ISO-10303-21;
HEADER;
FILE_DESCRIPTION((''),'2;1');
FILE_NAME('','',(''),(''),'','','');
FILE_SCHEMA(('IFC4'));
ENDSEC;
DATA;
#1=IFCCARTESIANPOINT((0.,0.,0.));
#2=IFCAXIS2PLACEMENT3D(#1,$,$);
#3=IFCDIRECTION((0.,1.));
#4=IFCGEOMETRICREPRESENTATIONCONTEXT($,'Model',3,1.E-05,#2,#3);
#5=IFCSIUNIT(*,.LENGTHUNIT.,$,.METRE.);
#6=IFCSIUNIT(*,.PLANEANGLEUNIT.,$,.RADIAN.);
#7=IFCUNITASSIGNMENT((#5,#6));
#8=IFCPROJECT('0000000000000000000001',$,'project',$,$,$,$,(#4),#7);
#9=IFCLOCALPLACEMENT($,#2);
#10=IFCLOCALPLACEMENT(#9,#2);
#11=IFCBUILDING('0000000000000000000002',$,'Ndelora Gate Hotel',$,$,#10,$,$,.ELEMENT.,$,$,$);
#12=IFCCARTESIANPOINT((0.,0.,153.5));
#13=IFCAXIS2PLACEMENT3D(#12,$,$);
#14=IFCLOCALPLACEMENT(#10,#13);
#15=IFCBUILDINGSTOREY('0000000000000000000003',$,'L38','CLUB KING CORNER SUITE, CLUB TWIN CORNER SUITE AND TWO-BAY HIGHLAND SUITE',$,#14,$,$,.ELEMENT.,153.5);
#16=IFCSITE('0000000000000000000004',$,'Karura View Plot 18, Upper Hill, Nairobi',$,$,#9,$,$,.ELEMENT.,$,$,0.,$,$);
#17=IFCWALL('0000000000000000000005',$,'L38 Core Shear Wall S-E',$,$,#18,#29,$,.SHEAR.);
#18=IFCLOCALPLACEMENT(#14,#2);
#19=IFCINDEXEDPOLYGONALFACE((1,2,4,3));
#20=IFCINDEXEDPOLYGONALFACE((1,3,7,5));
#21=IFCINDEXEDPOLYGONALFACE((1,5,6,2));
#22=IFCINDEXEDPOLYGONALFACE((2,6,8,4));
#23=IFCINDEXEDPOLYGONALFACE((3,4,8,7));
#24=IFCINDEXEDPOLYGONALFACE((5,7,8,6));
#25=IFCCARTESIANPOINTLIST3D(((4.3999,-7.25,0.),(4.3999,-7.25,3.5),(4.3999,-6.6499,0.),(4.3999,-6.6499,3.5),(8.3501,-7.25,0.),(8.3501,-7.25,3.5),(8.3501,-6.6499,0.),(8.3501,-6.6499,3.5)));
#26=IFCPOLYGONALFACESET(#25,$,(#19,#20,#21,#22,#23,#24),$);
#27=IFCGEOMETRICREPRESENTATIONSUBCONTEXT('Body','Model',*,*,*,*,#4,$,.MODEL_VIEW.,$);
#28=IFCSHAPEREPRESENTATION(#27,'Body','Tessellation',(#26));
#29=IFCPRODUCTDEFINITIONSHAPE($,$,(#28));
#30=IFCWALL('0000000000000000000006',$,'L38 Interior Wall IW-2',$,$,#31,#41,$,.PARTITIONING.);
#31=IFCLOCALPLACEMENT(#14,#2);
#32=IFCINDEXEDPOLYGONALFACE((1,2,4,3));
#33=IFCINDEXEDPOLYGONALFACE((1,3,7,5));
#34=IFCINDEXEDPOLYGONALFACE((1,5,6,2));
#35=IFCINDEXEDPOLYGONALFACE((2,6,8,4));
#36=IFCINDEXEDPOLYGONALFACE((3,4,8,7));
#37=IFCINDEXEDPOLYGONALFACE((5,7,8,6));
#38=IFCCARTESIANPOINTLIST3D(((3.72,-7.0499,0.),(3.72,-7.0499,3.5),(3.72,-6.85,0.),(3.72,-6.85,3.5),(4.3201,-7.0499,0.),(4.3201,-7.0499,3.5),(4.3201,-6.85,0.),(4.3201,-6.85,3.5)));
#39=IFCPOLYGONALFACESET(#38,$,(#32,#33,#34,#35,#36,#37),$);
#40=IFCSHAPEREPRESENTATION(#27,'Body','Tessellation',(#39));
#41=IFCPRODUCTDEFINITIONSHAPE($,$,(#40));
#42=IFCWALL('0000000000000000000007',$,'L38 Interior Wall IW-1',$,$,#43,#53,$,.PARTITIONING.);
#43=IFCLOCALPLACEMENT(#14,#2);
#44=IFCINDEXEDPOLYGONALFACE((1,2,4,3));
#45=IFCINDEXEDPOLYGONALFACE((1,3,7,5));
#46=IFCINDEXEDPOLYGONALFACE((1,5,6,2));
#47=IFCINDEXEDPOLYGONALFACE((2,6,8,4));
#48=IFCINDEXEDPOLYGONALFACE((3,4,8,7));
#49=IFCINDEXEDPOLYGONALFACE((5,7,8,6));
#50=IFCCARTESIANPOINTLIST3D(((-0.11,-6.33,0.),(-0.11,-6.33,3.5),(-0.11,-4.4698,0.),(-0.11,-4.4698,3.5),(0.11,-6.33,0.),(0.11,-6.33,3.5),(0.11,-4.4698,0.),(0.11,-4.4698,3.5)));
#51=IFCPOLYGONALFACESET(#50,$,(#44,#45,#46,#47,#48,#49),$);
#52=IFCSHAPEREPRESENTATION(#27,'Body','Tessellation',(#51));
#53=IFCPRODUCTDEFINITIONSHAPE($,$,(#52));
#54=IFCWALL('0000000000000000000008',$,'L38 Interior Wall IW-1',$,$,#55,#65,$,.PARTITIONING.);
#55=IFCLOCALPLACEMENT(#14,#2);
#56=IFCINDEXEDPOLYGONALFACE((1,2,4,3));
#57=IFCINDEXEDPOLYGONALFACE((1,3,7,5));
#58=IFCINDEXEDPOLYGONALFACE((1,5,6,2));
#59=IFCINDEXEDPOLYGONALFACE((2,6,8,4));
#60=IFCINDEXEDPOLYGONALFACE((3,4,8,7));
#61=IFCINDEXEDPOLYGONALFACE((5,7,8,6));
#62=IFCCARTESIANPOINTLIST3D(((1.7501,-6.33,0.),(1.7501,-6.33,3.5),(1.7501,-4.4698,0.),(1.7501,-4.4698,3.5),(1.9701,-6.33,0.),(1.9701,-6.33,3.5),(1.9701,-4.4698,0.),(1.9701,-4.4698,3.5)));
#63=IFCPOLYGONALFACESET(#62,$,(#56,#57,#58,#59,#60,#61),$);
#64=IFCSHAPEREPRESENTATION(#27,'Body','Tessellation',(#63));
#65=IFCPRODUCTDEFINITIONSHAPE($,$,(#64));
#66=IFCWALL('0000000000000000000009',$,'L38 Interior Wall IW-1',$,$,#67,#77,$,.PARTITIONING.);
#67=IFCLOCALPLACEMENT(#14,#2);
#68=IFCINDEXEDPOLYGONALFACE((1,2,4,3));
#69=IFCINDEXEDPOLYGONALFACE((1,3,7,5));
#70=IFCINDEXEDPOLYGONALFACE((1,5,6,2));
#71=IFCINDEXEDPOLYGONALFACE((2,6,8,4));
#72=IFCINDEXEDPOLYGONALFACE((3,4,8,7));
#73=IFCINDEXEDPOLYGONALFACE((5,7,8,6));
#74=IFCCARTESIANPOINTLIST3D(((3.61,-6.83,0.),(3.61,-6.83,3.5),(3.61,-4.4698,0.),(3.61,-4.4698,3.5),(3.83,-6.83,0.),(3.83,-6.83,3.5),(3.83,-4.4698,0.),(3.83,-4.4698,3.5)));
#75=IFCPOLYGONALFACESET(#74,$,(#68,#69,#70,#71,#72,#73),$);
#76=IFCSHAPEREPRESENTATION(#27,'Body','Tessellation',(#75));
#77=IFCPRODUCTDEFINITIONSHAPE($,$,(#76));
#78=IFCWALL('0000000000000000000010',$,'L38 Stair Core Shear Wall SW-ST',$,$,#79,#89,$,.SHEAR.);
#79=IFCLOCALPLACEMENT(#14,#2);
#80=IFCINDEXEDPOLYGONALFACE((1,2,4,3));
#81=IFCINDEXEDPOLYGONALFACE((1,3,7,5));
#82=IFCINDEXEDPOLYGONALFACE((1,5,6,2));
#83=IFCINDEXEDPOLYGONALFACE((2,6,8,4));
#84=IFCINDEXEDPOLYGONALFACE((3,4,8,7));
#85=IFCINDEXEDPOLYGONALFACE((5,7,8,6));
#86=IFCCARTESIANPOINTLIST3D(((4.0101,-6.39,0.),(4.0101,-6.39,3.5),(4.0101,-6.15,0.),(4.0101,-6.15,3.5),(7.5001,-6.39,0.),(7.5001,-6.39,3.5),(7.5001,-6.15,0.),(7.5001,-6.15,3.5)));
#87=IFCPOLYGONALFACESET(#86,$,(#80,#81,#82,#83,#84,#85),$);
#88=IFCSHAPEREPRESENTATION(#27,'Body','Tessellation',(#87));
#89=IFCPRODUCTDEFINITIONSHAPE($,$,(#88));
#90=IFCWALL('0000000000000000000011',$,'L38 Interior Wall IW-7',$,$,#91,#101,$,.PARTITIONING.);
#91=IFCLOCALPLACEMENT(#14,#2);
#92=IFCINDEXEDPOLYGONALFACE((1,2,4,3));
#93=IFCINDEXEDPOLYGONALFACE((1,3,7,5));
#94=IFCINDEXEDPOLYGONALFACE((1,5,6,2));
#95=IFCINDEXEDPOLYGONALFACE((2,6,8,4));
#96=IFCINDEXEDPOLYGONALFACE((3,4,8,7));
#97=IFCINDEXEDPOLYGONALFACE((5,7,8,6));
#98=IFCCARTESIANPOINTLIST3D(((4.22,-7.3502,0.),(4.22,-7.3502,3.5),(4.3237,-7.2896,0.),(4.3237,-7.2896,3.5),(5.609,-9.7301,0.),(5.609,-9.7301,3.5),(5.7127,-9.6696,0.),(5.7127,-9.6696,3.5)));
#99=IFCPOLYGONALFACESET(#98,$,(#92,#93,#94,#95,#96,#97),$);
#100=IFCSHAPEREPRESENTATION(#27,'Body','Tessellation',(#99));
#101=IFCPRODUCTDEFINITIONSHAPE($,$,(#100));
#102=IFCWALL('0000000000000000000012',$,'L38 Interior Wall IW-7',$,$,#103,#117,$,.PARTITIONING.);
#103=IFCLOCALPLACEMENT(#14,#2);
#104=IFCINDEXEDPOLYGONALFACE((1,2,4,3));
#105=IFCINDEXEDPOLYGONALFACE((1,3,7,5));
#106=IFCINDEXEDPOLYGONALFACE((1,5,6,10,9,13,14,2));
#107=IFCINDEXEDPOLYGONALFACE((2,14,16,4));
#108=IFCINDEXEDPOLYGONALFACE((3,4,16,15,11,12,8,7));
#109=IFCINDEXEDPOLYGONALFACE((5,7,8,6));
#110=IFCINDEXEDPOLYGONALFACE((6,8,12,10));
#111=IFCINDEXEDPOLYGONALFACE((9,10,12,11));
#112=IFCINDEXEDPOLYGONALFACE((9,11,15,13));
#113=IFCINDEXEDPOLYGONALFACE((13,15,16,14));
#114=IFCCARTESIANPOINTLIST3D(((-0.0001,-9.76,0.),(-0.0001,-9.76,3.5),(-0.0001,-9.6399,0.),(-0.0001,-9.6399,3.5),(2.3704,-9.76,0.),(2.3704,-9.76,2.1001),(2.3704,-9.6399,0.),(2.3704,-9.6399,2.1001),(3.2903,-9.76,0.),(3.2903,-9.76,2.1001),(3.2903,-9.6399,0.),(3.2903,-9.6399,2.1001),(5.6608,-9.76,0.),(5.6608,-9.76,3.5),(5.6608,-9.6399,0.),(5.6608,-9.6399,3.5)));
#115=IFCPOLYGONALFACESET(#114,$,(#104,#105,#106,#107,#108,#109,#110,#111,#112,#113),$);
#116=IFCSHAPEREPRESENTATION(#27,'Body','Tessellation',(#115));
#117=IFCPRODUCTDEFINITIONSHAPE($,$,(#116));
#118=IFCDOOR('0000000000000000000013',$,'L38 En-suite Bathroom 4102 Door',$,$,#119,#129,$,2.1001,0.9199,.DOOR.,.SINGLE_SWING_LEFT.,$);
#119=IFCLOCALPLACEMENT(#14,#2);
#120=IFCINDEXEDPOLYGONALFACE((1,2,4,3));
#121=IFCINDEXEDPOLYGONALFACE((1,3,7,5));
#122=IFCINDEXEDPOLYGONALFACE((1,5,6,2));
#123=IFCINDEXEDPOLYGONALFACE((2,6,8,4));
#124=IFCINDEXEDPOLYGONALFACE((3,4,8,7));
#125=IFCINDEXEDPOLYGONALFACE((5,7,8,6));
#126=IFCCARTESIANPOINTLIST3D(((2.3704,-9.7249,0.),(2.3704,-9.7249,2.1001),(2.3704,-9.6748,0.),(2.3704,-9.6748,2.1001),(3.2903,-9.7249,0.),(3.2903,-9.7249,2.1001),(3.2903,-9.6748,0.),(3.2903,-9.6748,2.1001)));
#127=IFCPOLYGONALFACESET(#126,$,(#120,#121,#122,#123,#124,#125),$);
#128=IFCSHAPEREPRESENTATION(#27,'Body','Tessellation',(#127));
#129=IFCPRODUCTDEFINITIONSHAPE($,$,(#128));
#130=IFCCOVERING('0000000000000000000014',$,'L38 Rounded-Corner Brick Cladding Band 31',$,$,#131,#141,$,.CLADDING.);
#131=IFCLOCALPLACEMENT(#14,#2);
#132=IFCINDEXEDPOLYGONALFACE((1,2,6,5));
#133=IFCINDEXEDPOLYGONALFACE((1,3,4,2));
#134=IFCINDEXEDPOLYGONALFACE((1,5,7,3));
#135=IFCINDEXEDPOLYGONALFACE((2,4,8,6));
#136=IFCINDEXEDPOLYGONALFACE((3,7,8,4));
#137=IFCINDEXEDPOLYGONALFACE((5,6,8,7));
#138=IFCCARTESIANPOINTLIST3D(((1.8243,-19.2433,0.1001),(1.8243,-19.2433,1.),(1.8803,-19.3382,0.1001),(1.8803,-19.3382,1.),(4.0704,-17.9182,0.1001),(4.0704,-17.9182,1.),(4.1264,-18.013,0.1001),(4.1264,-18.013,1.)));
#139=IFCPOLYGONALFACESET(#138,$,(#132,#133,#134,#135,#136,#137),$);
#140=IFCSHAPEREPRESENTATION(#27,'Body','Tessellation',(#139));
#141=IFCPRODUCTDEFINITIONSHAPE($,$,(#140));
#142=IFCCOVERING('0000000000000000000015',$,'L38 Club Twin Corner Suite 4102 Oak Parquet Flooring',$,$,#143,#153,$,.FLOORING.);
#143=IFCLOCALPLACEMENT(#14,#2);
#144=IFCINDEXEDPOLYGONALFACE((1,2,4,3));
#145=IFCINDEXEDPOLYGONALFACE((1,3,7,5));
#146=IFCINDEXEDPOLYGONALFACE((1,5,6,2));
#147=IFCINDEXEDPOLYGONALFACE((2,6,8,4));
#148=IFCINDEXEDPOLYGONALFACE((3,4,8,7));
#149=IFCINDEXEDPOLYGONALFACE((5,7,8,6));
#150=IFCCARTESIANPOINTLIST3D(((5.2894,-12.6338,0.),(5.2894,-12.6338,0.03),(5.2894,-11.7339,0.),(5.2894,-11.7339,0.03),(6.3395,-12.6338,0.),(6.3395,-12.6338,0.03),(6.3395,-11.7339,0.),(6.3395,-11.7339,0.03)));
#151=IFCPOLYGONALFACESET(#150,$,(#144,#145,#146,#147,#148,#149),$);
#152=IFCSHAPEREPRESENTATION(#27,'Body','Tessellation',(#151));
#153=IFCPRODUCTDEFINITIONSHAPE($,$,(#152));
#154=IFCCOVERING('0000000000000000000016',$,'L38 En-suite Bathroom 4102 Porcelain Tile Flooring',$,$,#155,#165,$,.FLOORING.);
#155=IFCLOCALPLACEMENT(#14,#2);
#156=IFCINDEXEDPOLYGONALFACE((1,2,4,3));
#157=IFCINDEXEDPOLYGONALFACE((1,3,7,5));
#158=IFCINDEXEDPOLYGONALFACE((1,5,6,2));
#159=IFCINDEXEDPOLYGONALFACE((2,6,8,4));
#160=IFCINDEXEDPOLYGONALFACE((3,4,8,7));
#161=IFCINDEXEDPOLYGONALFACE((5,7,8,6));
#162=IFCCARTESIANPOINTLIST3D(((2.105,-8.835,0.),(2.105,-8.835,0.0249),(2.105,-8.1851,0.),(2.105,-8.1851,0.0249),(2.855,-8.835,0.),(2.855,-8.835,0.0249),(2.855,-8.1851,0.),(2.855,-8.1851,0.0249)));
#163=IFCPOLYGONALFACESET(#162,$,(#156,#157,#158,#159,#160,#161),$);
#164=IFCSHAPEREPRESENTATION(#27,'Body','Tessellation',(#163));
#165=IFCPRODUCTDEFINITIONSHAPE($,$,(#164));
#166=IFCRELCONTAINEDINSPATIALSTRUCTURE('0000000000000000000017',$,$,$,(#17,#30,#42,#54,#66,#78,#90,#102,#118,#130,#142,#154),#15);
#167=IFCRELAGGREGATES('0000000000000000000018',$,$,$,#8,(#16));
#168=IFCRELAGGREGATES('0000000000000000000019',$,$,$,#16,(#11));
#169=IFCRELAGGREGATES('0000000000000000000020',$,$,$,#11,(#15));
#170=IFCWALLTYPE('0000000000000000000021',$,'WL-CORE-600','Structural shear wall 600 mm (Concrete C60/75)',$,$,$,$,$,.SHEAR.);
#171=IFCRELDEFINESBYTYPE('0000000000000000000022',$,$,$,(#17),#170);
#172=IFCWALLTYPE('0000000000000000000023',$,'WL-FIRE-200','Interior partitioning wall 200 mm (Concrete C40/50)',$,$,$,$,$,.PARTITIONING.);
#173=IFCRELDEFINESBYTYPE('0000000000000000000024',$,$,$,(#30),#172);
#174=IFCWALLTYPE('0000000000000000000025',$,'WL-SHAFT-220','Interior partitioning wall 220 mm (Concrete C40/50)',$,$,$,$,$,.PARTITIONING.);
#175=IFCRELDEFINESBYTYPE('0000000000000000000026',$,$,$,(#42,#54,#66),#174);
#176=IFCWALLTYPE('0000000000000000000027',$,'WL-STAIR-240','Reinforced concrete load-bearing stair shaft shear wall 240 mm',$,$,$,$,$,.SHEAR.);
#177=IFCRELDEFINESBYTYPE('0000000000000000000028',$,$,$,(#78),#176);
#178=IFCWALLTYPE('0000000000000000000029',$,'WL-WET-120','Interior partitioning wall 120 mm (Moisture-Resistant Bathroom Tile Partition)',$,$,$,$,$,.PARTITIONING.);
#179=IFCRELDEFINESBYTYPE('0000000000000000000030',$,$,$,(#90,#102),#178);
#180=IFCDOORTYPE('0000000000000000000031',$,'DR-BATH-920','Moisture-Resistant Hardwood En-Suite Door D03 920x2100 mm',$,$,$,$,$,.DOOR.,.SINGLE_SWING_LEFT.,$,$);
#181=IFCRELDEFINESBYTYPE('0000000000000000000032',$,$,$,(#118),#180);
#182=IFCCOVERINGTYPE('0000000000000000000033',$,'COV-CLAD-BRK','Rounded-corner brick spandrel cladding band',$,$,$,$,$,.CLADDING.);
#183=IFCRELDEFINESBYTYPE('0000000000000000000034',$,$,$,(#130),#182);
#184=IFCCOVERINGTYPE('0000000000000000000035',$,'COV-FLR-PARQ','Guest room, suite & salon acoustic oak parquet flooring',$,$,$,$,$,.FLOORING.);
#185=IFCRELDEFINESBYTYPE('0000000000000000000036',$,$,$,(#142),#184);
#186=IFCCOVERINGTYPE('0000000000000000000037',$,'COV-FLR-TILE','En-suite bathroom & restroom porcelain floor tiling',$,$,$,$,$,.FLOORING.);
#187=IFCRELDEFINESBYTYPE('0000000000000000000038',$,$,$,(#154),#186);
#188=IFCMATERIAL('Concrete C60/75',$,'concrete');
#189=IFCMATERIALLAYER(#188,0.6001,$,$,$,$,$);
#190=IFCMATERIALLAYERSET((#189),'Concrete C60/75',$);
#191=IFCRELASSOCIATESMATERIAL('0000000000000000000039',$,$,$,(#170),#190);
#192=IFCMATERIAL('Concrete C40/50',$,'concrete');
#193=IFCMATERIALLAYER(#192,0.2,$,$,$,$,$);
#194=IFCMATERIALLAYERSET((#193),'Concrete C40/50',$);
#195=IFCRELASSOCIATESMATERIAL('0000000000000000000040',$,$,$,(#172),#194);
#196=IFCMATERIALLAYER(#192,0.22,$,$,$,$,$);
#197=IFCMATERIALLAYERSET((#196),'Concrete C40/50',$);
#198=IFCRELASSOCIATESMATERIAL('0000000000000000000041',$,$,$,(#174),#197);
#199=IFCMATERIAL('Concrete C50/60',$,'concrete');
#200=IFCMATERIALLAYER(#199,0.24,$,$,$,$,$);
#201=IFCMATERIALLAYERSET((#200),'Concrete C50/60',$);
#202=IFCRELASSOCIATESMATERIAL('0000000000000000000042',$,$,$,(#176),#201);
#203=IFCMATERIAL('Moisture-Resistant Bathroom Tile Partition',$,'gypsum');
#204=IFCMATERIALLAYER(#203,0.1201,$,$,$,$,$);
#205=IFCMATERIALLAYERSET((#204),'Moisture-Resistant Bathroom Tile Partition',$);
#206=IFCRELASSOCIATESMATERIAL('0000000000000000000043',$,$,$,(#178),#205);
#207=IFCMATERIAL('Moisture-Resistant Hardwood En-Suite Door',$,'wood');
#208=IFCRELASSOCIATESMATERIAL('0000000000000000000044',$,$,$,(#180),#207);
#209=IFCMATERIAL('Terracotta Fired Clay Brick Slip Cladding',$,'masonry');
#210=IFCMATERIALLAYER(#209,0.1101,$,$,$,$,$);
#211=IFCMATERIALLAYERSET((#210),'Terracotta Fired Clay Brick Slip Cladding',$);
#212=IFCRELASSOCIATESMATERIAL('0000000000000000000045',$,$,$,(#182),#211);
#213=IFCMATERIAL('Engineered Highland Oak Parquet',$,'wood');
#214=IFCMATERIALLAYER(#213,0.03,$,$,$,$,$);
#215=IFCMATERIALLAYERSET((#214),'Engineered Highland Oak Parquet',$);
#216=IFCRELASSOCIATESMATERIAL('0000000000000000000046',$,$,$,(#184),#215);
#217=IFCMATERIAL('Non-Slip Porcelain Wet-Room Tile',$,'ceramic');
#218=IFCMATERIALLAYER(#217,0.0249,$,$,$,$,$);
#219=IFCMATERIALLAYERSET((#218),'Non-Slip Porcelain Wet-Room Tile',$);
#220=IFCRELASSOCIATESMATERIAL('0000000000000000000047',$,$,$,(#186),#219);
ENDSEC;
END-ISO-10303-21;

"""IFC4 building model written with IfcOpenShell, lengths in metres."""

from ifc_helpers import new_model, si_unit, direction, frame, frame_2d, origin, origin_2d, place, context, subcontext, project, spatial, rectangle, extrude, material, layer, layer_set, type_object, element, fill, save


model = new_model("IFC4")

# Units and contexts
model_context = context("Model", 3, precision=1e-05, world=origin(), true_north=direction((0.0, 1.0)))
body_context = subcontext(model_context, "Body", "Model", "MODEL_VIEW")
ifc_project = project(units=[si_unit("LENGTHUNIT", "METRE"), si_unit("PLANEANGLEUNIT", "RADIAN")], contexts=[model_context])

# Site, building, storey
site_placement = place(None, origin())
site = spatial("IfcSite", under=ifc_project, at=site_placement, Name="Karura View Plot 18, Upper Hill, Nairobi", CompositionType="ELEMENT", RefElevation=0.0)
building_placement = place(site_placement, origin())
building = spatial("IfcBuilding", under=site, at=building_placement, Name="Ndelora Gate Hotel", CompositionType="ELEMENT")
storey_placement = place(building_placement, frame((0.0, 0.0, 153.5)))
storey = spatial("IfcBuildingStorey", under=building, at=storey_placement, Name="L38", Description="CLUB KING CORNER SUITE, CLUB TWIN CORNER SUITE AND TWO-BAY HIGHLAND SUITE", CompositionType="ELEMENT", Elevation=153.5)

# Shared definitions
ifc_material_1 = material(Name="Concrete C60/75", Category="concrete")

# Walls
ifc_layer_1 = layer(ifc_material_1, 0.6001)
ifc_layer_set_1 = layer_set([ifc_layer_1], Name="Concrete C60/75")
wall_type_1 = type_object("IfcWallType", Name="WL-CORE-600", Description="Structural shear wall 600 mm (Concrete C60/75)", PredefinedType="SHEAR", material=ifc_layer_set_1)
wall_1_placement = place(storey_placement, frame((4.3999, -6.95, 0.0), z_axis=(0.0, 0.0, 1.0), x_axis=(1.0, 0.0, 0.0)))
element("IfcWall", 1, at=wall_1_placement, inside=storey, type_object=wall_type_1, Name="L38 Core Shear Wall S-E", PredefinedType="SHEAR", context=body_context, shape_type="SweptSolid", body=[
    extrude(rectangle(XDim=3.9502, YDim=0.6001, at=frame_2d((1.9751, 0.0))), origin(), (0.0, 0.0, 1.0), 3.5),
])
ifc_material_2 = material(Name="Concrete C40/50", Category="concrete")
ifc_layer_2 = layer(ifc_material_2, 0.2)
ifc_layer_set_2 = layer_set([ifc_layer_2], Name="Concrete C40/50")
wall_type_2 = type_object("IfcWallType", Name="WL-FIRE-200", Description="Interior partitioning wall 200 mm (Concrete C40/50)", PredefinedType="PARTITIONING", material=ifc_layer_set_2)
wall_2_placement = place(storey_placement, frame((3.72, -6.95, 0.0), z_axis=(0.0, 0.0, 1.0), x_axis=(1.0, 0.0, 0.0)))
element("IfcWall", 2, at=wall_2_placement, inside=storey, type_object=wall_type_2, Name="L38 Interior Wall IW-2", PredefinedType="PARTITIONING", context=body_context, shape_type="SweptSolid", body=[
    extrude(rectangle(XDim=0.6001, YDim=0.2, at=frame_2d((0.3, 0.0))), origin(), (0.0, 0.0, 1.0), 3.5),
])

# Shared definitions
ifc_layer_3 = layer(ifc_material_2, 0.22)
ifc_layer_set_3 = layer_set([ifc_layer_3], Name="Concrete C40/50")
wall_type_3 = type_object("IfcWallType", Name="WL-SHAFT-220", Description="Interior partitioning wall 220 mm (Concrete C40/50)", PredefinedType="PARTITIONING", material=ifc_layer_set_3)

# Walls
for number, where, z_axis, x_axis, name in (
    (3, (0.0, -6.3301, 0.0), (0.0, 0.0, 1.0), (0.0, 1.0, 0.0), "L38 Interior Wall IW-1"),
    (4, (1.8601, -6.3301, 0.0), (0.0, 0.0, 1.0), (0.0, 1.0, 0.0), "L38 Interior Wall IW-1"),
):
    element("IfcWall", number, at=place(storey_placement, frame(where, z_axis=z_axis, x_axis=x_axis)), inside=storey, type_object=wall_type_3, Name=name, PredefinedType="PARTITIONING", context=body_context, shape_type="SweptSolid", body=[
        extrude(rectangle(XDim=1.8601, YDim=0.22, at=frame_2d((0.9302, 0.0))), origin(), (0.0, 0.0, 1.0), 3.5),
    ])

# Walls
wall_3_placement = place(storey_placement, frame((3.72, -6.8301, 0.0), z_axis=(0.0, 0.0, 1.0), x_axis=(0.0, 1.0, 0.0)))
element("IfcWall", 5, at=wall_3_placement, inside=storey, type_object=wall_type_3, Name="L38 Interior Wall IW-1", PredefinedType="PARTITIONING", context=body_context, shape_type="SweptSolid", body=[
    extrude(rectangle(XDim=2.3601, YDim=0.22, at=frame_2d((1.1802, 0.0))), origin(), (0.0, 0.0, 1.0), 3.5),
])
ifc_material_3 = material(Name="Concrete C50/60", Category="concrete")
ifc_layer_4 = layer(ifc_material_3, 0.24)
ifc_layer_set_4 = layer_set([ifc_layer_4], Name="Concrete C50/60")
wall_type_4 = type_object("IfcWallType", Name="WL-STAIR-240", Description="Reinforced concrete load-bearing stair shaft shear wall 240 mm", PredefinedType="SHEAR", material=ifc_layer_set_4)
wall_4_placement = place(storey_placement, frame((4.01, -6.27, 0.0), z_axis=(0.0, 0.0, 1.0), x_axis=(1.0, 0.0, 0.0)))
element("IfcWall", 6, at=wall_4_placement, inside=storey, type_object=wall_type_4, Name="L38 Stair Core Shear Wall SW-ST", PredefinedType="SHEAR", context=body_context, shape_type="SweptSolid", body=[
    extrude(rectangle(XDim=3.49, YDim=0.24, at=frame_2d((1.7451, 0.0))), origin(), (0.0, 0.0, 1.0), 3.5),
])
ifc_material_4 = material(Name="Moisture-Resistant Bathroom Tile Partition", Category="gypsum")
ifc_layer_5 = layer(ifc_material_4, 0.1201)
ifc_layer_set_5 = layer_set([ifc_layer_5], Name="Moisture-Resistant Bathroom Tile Partition")
wall_type_5 = type_object("IfcWallType", Name="WL-WET-120", Description="Interior partitioning wall 120 mm (Moisture-Resistant Bathroom Tile Partition)", PredefinedType="PARTITIONING", material=ifc_layer_set_5)
wall_5_placement = place(storey_placement, frame((5.6609, -9.7, 0.0), z_axis=(0.0, 0.0, 1.0), x_axis=(-0.504047, 0.863676, 0.0)))
element("IfcWall", 7, at=wall_5_placement, inside=storey, type_object=wall_type_5, Name="L38 Interior Wall IW-7", PredefinedType="PARTITIONING", context=body_context, shape_type="SweptSolid", body=[
    extrude(rectangle(XDim=2.7556, YDim=0.1201, at=frame_2d((1.3779, 0.0))), origin(), (0.0, 0.0, 1.0), 3.5),
])

# Wall, opening, door
wall_6_placement = place(storey_placement, frame((5.6609, -9.7, 0.0), z_axis=(0.0, 0.0, 1.0), x_axis=(-1.0, 0.0, 0.0)))
wall_6 = element("IfcWall", 8, at=wall_6_placement, inside=storey, type_object=wall_type_5, Name="L38 Interior Wall IW-7", PredefinedType="PARTITIONING", context=body_context, shape_type="SweptSolid", body=[
    extrude(rectangle(XDim=5.6609, YDim=0.1201, at=frame_2d((2.8306, 0.0))), origin(), (0.0, 0.0, 1.0), 3.5),
])
opening_1_placement = place(wall_6_placement, frame((2.3706, 0.0, 0.0)))
opening_1 = element("IfcOpeningElement", 9, at=opening_1_placement, cuts=wall_6, PredefinedType="OPENING", context=body_context, shape_type="SweptSolid", body=[
    extrude(rectangle(XDim=0.9199, YDim=2.1001, at=frame_2d((0.46, 1.05))), frame((0.0, 0.0701, 0.0), z_axis=(0.0, -1.0, 0.0), x_axis=(1.0, 0.0, 0.0)), (0.0, 0.0, 1.0), 0.1401),
])
ifc_material_5 = material(Name="Moisture-Resistant Hardwood En-Suite Door", Category="wood")
door_type_1 = type_object("IfcDoorType", Name="DR-BATH-920", Description="Moisture-Resistant Hardwood En-Suite Door D03 920x2100 mm", OperationType="SINGLE_SWING_LEFT", PredefinedType="DOOR", material=ifc_material_5)
door_1_placement = place(opening_1_placement, origin())
door_1 = element("IfcDoor", 10, at=door_1_placement, inside=storey, type_object=door_type_1, Name="L38 En-suite Bathroom 4102 Door", OperationType="SINGLE_SWING_LEFT", OverallHeight=2.1001, OverallWidth=0.9199, PredefinedType="DOOR", context=body_context, shape_type="SweptSolid", body=[
    extrude(rectangle(XDim=0.9199, YDim=2.1001, at=frame_2d((0.46, 1.05))), frame((0.0, 0.0249, 0.0), z_axis=(0.0, -1.0, 0.0), x_axis=(1.0, 0.0, 0.0)), (0.0, 0.0, 1.0), 0.05),
])
fill(opening_1, door_1)

# Coverings
ifc_material_6 = material(Name="Terracotta Fired Clay Brick Slip Cladding", Category="masonry")
ifc_layer_6 = layer(ifc_material_6, 0.1101)
ifc_layer_set_6 = layer_set([ifc_layer_6], Name="Terracotta Fired Clay Brick Slip Cladding")
covering_type_1 = type_object("IfcCoveringType", Name="COV-CLAD-BRK", Description="Rounded-corner brick spandrel cladding band", PredefinedType="CLADDING", material=ifc_layer_set_6)
covering_1_placement = place(storey_placement, frame((2.9753, -18.6282, 0.1001), z_axis=(0.0, 0.0, 1.0), x_axis=(0.861275, 0.50814, 0.0)))
element("IfcCovering", 11, at=covering_1_placement, inside=storey, type_object=covering_type_1, Name="L38 Rounded-Corner Brick Cladding Band 31", PredefinedType="CLADDING", context=body_context, shape_type="SweptSolid", body=[
    extrude(rectangle(XDim=2.6079, YDim=0.1101, at=origin_2d()), origin(), (0.0, 0.0, 1.0), 0.8999),
])
ifc_material_7 = material(Name="Engineered Highland Oak Parquet", Category="wood")
ifc_layer_7 = layer(ifc_material_7, 0.03)
ifc_layer_set_7 = layer_set([ifc_layer_7], Name="Engineered Highland Oak Parquet")
covering_type_2 = type_object("IfcCoveringType", Name="COV-FLR-PARQ", Description="Guest room, suite & salon acoustic oak parquet flooring", PredefinedType="FLOORING", material=ifc_layer_set_7)
covering_2_placement = place(storey_placement, frame((5.8145, -12.1838, 0.0), z_axis=(0.0, 0.0, 1.0), x_axis=(1.0, 0.0, 0.0)))
element("IfcCovering", 12, at=covering_2_placement, inside=storey, type_object=covering_type_2, Name="L38 Club Twin Corner Suite 4102 Oak Parquet Flooring", PredefinedType="FLOORING", context=body_context, shape_type="SweptSolid", body=[
    extrude(rectangle(XDim=1.05, YDim=0.8999, at=origin_2d()), origin(), (0.0, 0.0, 1.0), 0.03),
])
ifc_material_8 = material(Name="Non-Slip Porcelain Wet-Room Tile", Category="ceramic")
ifc_layer_8 = layer(ifc_material_8, 0.0249)
ifc_layer_set_8 = layer_set([ifc_layer_8], Name="Non-Slip Porcelain Wet-Room Tile")
covering_type_3 = type_object("IfcCoveringType", Name="COV-FLR-TILE", Description="En-suite bathroom & restroom porcelain floor tiling", PredefinedType="FLOORING", material=ifc_layer_set_8)
covering_3_placement = place(storey_placement, frame((2.48, -8.51, 0.0), z_axis=(0.0, 0.0, 1.0), x_axis=(1.0, 0.0, 0.0)))
element("IfcCovering", 13, at=covering_3_placement, inside=storey, type_object=covering_type_3, Name="L38 En-suite Bathroom 4102 Porcelain Tile Flooring", PredefinedType="FLOORING", context=body_context, shape_type="SweptSolid", body=[
    extrude(rectangle(XDim=0.75, YDim=0.6499, at=origin_2d()), origin(), (0.0, 0.0, 1.0), 0.0249),
])

save(model, "model.ifc")
